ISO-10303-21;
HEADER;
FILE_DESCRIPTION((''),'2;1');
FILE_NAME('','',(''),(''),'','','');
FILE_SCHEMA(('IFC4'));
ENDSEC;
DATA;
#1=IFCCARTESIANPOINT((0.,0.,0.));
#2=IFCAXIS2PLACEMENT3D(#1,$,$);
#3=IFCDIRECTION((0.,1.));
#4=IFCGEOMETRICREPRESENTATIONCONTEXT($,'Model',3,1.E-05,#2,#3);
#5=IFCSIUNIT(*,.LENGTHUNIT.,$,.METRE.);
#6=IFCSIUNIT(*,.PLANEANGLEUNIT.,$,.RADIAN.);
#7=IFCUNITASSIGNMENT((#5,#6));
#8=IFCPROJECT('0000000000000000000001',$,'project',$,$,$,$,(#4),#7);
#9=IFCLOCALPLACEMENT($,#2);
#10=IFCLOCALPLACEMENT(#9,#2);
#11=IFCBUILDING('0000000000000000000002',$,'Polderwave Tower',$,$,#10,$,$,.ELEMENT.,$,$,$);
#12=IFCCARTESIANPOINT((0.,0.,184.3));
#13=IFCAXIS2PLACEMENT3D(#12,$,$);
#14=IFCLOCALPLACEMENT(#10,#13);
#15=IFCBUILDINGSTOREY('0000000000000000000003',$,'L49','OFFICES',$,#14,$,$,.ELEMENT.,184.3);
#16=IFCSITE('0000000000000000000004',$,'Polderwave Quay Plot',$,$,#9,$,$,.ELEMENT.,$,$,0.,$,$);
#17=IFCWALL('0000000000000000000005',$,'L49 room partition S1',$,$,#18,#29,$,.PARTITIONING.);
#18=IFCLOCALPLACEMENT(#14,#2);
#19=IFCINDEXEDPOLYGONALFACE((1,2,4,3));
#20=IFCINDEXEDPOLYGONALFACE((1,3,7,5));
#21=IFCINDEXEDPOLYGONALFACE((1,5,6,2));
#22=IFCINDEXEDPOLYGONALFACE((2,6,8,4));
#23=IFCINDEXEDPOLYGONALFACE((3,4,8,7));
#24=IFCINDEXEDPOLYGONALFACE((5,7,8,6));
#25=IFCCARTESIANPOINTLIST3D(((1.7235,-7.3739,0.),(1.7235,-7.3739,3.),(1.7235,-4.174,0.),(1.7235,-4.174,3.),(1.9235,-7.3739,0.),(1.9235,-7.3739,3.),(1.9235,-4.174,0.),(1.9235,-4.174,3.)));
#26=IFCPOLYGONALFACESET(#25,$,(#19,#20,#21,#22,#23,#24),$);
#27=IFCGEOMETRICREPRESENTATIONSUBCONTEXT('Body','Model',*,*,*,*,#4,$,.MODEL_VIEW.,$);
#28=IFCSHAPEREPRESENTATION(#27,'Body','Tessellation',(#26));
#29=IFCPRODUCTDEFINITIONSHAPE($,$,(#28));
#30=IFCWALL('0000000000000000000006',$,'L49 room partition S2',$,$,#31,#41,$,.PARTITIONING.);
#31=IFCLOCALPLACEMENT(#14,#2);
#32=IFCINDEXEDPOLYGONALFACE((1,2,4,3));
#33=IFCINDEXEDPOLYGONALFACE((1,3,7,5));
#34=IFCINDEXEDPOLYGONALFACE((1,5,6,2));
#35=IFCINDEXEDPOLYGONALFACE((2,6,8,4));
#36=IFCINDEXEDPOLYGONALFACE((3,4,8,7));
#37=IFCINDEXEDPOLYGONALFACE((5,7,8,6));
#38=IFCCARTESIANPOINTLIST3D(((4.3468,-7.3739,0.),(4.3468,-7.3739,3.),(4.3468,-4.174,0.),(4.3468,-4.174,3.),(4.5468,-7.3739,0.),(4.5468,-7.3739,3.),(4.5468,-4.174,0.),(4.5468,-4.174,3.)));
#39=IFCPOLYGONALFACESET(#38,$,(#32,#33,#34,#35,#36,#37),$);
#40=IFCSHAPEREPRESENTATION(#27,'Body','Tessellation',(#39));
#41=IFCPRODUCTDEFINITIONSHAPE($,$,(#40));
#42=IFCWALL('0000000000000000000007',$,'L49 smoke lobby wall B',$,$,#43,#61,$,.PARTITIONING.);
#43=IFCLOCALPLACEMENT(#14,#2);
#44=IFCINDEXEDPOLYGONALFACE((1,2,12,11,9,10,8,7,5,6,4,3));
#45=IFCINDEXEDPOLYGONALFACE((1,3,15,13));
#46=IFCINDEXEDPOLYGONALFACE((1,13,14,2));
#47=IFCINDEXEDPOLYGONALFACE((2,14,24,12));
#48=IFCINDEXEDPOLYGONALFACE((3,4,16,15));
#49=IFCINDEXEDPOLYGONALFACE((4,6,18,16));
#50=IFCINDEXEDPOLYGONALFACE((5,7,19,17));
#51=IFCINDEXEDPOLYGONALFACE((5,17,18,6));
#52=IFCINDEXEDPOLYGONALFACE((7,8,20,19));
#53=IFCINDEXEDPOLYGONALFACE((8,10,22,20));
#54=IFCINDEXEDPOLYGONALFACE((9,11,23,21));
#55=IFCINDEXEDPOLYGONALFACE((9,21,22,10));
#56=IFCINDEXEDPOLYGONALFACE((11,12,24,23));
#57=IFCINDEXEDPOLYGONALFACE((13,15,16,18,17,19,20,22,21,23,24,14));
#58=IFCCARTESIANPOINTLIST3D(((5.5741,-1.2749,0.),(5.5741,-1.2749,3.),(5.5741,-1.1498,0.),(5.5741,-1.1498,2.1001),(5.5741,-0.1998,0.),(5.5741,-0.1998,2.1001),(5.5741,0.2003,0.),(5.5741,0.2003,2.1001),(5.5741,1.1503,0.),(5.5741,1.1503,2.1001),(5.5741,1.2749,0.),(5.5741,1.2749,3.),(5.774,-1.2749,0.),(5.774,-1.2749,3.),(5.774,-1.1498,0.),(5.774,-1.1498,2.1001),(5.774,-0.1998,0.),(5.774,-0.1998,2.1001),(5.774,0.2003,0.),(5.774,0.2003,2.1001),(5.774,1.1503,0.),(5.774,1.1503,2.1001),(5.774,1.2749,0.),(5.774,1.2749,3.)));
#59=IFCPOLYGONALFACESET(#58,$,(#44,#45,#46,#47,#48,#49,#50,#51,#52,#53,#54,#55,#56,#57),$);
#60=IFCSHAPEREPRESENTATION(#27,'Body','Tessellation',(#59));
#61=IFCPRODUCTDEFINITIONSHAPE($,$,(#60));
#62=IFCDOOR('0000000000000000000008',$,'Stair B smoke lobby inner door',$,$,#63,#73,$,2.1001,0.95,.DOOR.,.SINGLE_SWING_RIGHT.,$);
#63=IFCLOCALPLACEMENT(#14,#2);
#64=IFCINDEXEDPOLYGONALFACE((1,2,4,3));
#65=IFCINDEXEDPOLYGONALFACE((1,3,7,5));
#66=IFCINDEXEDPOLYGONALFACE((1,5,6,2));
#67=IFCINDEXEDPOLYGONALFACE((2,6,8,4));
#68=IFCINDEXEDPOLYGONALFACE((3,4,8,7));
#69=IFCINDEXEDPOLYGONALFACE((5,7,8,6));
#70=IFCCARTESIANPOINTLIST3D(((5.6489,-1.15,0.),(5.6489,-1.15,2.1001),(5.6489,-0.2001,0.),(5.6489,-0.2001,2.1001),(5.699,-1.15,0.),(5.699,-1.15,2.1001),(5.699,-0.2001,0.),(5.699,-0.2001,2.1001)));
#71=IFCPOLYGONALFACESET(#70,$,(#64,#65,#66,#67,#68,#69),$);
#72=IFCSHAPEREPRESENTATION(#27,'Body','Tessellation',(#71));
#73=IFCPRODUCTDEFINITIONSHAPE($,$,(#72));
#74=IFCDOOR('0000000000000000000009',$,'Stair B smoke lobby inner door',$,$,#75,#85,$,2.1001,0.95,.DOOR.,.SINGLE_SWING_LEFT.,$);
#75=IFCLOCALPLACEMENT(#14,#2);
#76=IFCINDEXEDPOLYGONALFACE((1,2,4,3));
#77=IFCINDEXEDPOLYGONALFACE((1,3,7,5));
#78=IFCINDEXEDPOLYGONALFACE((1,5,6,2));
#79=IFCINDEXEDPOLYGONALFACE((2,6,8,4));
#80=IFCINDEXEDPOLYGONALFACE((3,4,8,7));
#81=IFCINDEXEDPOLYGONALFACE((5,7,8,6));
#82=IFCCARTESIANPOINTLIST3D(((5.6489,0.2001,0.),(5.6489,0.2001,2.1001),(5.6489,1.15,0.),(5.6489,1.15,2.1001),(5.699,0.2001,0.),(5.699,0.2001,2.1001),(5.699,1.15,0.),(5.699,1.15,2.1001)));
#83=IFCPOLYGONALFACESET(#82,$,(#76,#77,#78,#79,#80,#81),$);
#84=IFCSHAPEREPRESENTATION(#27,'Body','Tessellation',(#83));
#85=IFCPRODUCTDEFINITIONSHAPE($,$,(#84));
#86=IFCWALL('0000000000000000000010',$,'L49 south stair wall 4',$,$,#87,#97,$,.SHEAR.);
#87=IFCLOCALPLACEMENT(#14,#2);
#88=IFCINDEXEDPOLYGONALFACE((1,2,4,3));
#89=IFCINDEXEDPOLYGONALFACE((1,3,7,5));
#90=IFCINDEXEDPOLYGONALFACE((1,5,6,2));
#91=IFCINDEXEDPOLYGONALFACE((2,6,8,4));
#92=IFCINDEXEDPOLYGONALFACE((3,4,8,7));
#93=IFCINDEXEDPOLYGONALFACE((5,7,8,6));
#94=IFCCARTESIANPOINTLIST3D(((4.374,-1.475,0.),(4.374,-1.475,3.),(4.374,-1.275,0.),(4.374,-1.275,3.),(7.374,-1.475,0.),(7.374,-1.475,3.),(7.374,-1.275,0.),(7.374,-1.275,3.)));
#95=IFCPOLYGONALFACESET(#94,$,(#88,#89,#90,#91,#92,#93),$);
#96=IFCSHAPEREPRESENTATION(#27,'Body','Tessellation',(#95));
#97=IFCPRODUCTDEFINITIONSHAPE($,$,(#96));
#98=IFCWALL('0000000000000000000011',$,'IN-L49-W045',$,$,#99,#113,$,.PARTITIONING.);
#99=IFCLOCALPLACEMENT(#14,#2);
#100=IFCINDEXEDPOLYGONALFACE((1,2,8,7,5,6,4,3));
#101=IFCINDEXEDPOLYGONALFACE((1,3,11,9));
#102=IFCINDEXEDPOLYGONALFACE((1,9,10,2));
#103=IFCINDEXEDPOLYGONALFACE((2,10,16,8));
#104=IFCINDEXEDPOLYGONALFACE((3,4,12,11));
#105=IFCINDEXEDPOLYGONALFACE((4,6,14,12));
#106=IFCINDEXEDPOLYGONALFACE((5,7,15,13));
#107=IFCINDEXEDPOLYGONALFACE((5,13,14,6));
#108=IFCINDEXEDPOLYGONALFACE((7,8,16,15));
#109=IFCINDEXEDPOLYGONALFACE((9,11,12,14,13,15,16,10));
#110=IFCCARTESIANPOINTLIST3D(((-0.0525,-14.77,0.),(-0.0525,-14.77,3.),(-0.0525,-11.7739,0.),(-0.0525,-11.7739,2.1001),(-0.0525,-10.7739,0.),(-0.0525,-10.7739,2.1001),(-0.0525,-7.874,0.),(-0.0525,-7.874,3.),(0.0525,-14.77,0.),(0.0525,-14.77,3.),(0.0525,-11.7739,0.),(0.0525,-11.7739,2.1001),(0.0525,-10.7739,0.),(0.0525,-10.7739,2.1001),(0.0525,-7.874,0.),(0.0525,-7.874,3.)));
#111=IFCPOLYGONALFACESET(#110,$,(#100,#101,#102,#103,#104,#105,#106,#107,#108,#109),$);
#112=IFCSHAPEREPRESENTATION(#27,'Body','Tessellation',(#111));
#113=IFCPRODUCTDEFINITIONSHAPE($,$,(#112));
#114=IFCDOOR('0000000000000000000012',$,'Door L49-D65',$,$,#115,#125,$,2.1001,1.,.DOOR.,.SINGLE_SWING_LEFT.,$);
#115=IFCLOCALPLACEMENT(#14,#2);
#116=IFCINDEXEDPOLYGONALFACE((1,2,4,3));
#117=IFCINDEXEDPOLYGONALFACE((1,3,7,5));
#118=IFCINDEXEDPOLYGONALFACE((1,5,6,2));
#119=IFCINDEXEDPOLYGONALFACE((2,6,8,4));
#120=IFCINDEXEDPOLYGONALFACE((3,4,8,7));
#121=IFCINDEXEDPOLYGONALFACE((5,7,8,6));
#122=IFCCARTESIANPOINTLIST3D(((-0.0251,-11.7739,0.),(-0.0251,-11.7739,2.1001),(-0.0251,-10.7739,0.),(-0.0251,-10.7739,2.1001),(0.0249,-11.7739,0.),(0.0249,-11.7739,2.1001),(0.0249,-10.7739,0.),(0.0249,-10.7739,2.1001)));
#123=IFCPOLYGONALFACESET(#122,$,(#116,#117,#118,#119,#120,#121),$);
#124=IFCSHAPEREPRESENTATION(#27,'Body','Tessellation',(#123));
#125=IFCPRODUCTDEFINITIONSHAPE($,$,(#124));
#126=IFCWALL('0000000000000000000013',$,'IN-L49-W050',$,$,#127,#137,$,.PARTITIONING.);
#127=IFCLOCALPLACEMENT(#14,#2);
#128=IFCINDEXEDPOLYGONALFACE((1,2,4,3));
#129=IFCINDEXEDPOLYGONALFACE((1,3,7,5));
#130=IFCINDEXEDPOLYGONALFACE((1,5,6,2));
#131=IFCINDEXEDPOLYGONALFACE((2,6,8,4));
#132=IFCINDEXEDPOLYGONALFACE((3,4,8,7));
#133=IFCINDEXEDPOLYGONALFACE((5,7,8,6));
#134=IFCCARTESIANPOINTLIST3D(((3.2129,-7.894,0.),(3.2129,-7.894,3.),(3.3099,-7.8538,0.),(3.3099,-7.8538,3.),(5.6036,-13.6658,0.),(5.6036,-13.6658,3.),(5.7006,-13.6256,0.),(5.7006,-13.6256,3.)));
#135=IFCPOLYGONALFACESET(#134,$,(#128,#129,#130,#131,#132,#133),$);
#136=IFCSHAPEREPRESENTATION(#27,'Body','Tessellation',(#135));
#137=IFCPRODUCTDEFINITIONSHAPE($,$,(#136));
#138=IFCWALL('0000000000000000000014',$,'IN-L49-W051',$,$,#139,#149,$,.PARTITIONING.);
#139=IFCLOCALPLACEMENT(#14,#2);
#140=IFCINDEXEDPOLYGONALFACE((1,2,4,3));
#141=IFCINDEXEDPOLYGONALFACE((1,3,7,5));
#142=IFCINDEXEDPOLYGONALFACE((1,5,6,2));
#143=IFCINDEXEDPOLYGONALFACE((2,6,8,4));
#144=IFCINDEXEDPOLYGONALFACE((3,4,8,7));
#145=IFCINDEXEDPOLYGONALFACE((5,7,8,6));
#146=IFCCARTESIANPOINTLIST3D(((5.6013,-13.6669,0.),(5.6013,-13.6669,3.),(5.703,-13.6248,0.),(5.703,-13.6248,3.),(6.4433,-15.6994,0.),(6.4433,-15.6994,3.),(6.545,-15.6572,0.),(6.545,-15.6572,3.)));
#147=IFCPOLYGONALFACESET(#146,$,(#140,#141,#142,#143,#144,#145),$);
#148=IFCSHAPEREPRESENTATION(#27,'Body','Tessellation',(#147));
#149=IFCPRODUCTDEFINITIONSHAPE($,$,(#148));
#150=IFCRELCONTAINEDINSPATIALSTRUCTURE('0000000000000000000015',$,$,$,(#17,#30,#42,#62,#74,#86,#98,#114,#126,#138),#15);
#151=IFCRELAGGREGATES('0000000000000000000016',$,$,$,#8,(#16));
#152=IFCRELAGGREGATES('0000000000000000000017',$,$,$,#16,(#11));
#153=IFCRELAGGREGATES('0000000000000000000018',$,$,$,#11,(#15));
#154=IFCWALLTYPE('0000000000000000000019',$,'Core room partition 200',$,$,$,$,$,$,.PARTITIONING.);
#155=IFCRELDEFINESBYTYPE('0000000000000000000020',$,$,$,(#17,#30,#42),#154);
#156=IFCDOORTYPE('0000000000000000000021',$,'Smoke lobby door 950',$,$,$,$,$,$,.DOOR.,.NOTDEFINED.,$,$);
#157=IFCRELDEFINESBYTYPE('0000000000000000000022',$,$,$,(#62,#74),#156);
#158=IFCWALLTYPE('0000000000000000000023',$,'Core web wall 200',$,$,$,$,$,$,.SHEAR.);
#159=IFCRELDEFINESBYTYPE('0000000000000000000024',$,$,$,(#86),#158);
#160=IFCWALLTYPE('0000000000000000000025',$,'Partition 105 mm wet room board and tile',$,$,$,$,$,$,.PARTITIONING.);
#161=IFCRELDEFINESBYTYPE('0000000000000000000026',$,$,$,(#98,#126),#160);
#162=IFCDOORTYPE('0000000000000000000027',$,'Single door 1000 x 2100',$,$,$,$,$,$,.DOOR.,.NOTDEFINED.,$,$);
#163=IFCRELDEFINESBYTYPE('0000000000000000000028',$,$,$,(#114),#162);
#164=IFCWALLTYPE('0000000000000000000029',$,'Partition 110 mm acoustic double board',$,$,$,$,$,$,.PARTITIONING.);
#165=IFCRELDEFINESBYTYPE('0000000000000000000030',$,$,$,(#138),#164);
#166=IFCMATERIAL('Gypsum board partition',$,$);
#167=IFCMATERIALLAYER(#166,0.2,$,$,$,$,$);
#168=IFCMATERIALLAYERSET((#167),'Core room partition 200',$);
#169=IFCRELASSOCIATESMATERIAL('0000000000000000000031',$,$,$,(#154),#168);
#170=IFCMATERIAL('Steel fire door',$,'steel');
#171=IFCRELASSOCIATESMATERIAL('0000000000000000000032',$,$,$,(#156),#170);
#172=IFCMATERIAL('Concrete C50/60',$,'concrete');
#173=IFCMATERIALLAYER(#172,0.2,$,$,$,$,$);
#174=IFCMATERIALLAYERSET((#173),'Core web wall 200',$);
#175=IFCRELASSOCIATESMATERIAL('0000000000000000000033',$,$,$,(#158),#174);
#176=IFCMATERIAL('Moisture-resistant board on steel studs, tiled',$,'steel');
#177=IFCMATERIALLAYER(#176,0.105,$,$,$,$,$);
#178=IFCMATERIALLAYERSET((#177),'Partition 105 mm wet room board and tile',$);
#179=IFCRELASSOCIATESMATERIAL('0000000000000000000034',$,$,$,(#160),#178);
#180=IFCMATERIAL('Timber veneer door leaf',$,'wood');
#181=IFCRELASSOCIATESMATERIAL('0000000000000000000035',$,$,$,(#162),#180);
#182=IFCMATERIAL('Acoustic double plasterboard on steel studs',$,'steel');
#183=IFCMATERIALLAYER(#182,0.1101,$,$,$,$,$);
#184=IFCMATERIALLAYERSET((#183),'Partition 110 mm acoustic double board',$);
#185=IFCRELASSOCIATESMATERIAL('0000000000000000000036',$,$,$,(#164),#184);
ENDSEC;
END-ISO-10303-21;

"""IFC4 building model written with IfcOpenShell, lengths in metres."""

from ifc_helpers import new_model, si_unit, direction, frame, frame_2d, origin, place, context, subcontext, project, spatial, rectangle, extrude, material, layer, layer_set, type_object, element, fill, save


model = new_model("IFC4")

# Units and contexts
model_context = context("Model", 3, precision=1e-05, world=origin(), true_north=direction((0.0, 1.0)))
body_context = subcontext(model_context, "Body", "Model", "MODEL_VIEW")
ifc_project = project(units=[si_unit("LENGTHUNIT", "METRE"), si_unit("PLANEANGLEUNIT", "RADIAN")], contexts=[model_context])

# Site, building, storey
site_placement = place(None, origin())
site = spatial("IfcSite", under=ifc_project, at=site_placement, Name="Polderwave Quay Plot", CompositionType="ELEMENT", RefElevation=0.0)
building_placement = place(site_placement, origin())
building = spatial("IfcBuilding", under=site, at=building_placement, Name="Polderwave Tower", CompositionType="ELEMENT")
storey_placement = place(building_placement, frame((0.0, 0.0, 184.3)))
storey = spatial("IfcBuildingStorey", under=building, at=storey_placement, Name="L49", Description="OFFICES", CompositionType="ELEMENT", Elevation=184.3)

# Walls
ifc_material_1 = material(Name="Gypsum board partition")
ifc_layer_1 = layer(ifc_material_1, 0.2)
ifc_layer_set_1 = layer_set([ifc_layer_1], Name="Core room partition 200")
wall_type_1 = type_object("IfcWallType", Name="Core room partition 200", PredefinedType="PARTITIONING", material=ifc_layer_set_1)
for number, where, z_axis, x_axis, name in (
    (1, (1.8235, -7.374, 0.0), (0.0, 0.0, 1.0), (0.0, 1.0, 0.0), "L49 room partition S1"),
    (2, (4.4468, -7.374, 0.0), (0.0, 0.0, 1.0), (0.0, 1.0, 0.0), "L49 room partition S2"),
):
    element("IfcWall", number, at=place(storey_placement, frame(where, z_axis=z_axis, x_axis=x_axis)), inside=storey, type_object=wall_type_1, Name=name, PredefinedType="PARTITIONING", context=body_context, shape_type="SweptSolid", body=[
        extrude(rectangle(XDim=3.2, YDim=0.2, at=frame_2d((1.6001, 0.0))), origin(), (0.0, 0.0, 1.0), 3.0),
    ])

# Wall, openings, doors
wall_1_placement = place(storey_placement, frame((5.6741, -1.2749, 0.0), z_axis=(0.0, 0.0, 1.0), x_axis=(0.0, 1.0, 0.0)))
wall_1 = element("IfcWall", 3, at=wall_1_placement, inside=storey, type_object=wall_type_1, Name="L49 smoke lobby wall B", PredefinedType="PARTITIONING", context=body_context, shape_type="SweptSolid", body=[
    extrude(rectangle(XDim=2.5498, YDim=0.2, at=frame_2d((1.2749, 0.0))), origin(), (0.0, 0.0, 1.0), 3.0),
])
opening_1_placement = place(wall_1_placement, frame((0.125, 0.0, 0.0)))
opening_1 = element("IfcOpeningElement", 4, at=opening_1_placement, cuts=wall_1, PredefinedType="OPENING", context=body_context, shape_type="SweptSolid", body=[
    extrude(rectangle(XDim=0.95, YDim=2.1001, at=frame_2d((0.4751, 1.05))), frame((0.0, 0.1099, 0.0), z_axis=(0.0, -1.0, 0.0), x_axis=(1.0, 0.0, 0.0)), (0.0, 0.0, 1.0), 0.22),
])
opening_2_placement = place(wall_1_placement, frame((1.4751, 0.0, 0.0)))
opening_2 = element("IfcOpeningElement", 5, at=opening_2_placement, cuts=wall_1, PredefinedType="OPENING", context=body_context, shape_type="SweptSolid", body=[
    extrude(rectangle(XDim=0.95, YDim=2.1001, at=frame_2d((0.4751, 1.05))), frame((0.0, 0.1099, 0.0), z_axis=(0.0, -1.0, 0.0), x_axis=(1.0, 0.0, 0.0)), (0.0, 0.0, 1.0), 0.22),
])
ifc_material_2 = material(Name="Steel fire door", Category="steel")
door_type_1 = type_object("IfcDoorType", Name="Smoke lobby door 950", OperationType="NOTDEFINED", PredefinedType="DOOR", material=ifc_material_2)
door_1_placement = place(opening_1_placement, frame((0.95, 0.0, 0.0), z_axis=(0.0, 0.0, 1.0), x_axis=(-1.0, 0.0, 0.0)))
door_1 = element("IfcDoor", 6, at=door_1_placement, inside=storey, type_object=door_type_1, Name="Stair B smoke lobby inner door", OperationType="SINGLE_SWING_RIGHT", OverallHeight=2.1001, OverallWidth=0.95, PredefinedType="DOOR", context=body_context, shape_type="SweptSolid", body=[
    extrude(rectangle(XDim=0.95, YDim=2.1001, at=frame_2d((0.4751, 1.05))), frame((0.0, 0.0249, 0.0), z_axis=(0.0, -1.0, 0.0), x_axis=(1.0, 0.0, 0.0)), (0.0, 0.0, 1.0), 0.05),
])
fill(opening_1, door_1)
door_2_placement = place(opening_2_placement, frame((0.95, 0.0, 0.0), z_axis=(0.0, 0.0, 1.0), x_axis=(-1.0, 0.0, 0.0)))
door_2 = element("IfcDoor", 7, at=door_2_placement, inside=storey, type_object=door_type_1, Name="Stair B smoke lobby inner door", OperationType="SINGLE_SWING_LEFT", OverallHeight=2.1001, OverallWidth=0.95, PredefinedType="DOOR", context=body_context, shape_type="SweptSolid", body=[
    extrude(rectangle(XDim=0.95, YDim=2.1001, at=frame_2d((0.4751, 1.05))), frame((0.0, 0.0249, 0.0), z_axis=(0.0, -1.0, 0.0), x_axis=(1.0, 0.0, 0.0)), (0.0, 0.0, 1.0), 0.05),
])
fill(opening_2, door_2)

# Wall
ifc_material_3 = material(Name="Concrete C50/60", Category="concrete")
ifc_layer_2 = layer(ifc_material_3, 0.2)
ifc_layer_set_2 = layer_set([ifc_layer_2], Name="Core web wall 200")
wall_type_2 = type_object("IfcWallType", Name="Core web wall 200", PredefinedType="SHEAR", material=ifc_layer_set_2)
wall_2_placement = place(storey_placement, frame((4.374, -1.375, 0.0), z_axis=(0.0, 0.0, 1.0), x_axis=(1.0, 0.0, 0.0)))
element("IfcWall", 8, at=wall_2_placement, inside=storey, type_object=wall_type_2, Name="L49 south stair wall 4", PredefinedType="SHEAR", context=body_context, shape_type="SweptSolid", body=[
    extrude(rectangle(XDim=3.0, YDim=0.2, at=frame_2d((1.5, 0.0))), origin(), (0.0, 0.0, 1.0), 3.0),
])

# Wall, opening, door
ifc_material_4 = material(Name="Moisture-resistant board on steel studs, tiled", Category="steel")
ifc_layer_3 = layer(ifc_material_4, 0.105)
ifc_layer_set_3 = layer_set([ifc_layer_3], Name="Partition 105 mm wet room board and tile")
wall_type_3 = type_object("IfcWallType", Name="Partition 105 mm wet room board and tile", PredefinedType="PARTITIONING", material=ifc_layer_set_3)
wall_3_placement = place(storey_placement, frame((0.0, -7.874, 0.0), z_axis=(0.0, 0.0, 1.0), x_axis=(0.0, -1.0, 0.0)))
wall_3 = element("IfcWall", 9, at=wall_3_placement, inside=storey, type_object=wall_type_3, Name="IN-L49-W045", PredefinedType="PARTITIONING", context=body_context, shape_type="SweptSolid", body=[
    extrude(rectangle(XDim=6.896, YDim=0.105, at=frame_2d((3.448, 0.0))), origin(), (0.0, 0.0, 1.0), 3.0),
])
opening_3_placement = place(wall_3_placement, frame((2.8999, 0.0, 0.0)))
opening_3 = element("IfcOpeningElement", 10, at=opening_3_placement, cuts=wall_3, PredefinedType="OPENING", context=body_context, shape_type="SweptSolid", body=[
    extrude(rectangle(XDim=1.0, YDim=2.1001, at=frame_2d((0.5, 1.05))), frame((0.0, 0.0625, 0.0), z_axis=(0.0, -1.0, 0.0), x_axis=(1.0, 0.0, 0.0)), (0.0, 0.0, 1.0), 0.125),
])
ifc_material_5 = material(Name="Timber veneer door leaf", Category="wood")
door_type_2 = type_object("IfcDoorType", Name="Single door 1000 x 2100", OperationType="NOTDEFINED", PredefinedType="DOOR", material=ifc_material_5)
door_3_placement = place(opening_3_placement, origin())
door_3 = element("IfcDoor", 11, at=door_3_placement, inside=storey, type_object=door_type_2, Name="Door L49-D65", OperationType="SINGLE_SWING_LEFT", OverallHeight=2.1001, OverallWidth=1.0, PredefinedType="DOOR", context=body_context, shape_type="SweptSolid", body=[
    extrude(rectangle(XDim=1.0, YDim=2.1001, at=frame_2d((0.5, 1.05))), frame((0.0, 0.0249, 0.0), z_axis=(0.0, -1.0, 0.0), x_axis=(1.0, 0.0, 0.0)), (0.0, 0.0, 1.0), 0.05),
])
fill(opening_3, door_3)

# Walls
wall_4_placement = place(storey_placement, frame((3.2615, -7.874, 0.0), z_axis=(0.0, 0.0, 1.0), x_axis=(0.382669, -0.923885, 0.0)))
element("IfcWall", 12, at=wall_4_placement, inside=storey, type_object=wall_type_3, Name="IN-L49-W050", PredefinedType="PARTITIONING", context=body_context, shape_type="SweptSolid", body=[
    extrude(rectangle(XDim=6.2473, YDim=0.105, at=frame_2d((3.1235, 0.0))), origin(), (0.0, 0.0, 1.0), 3.0),
])
ifc_material_6 = material(Name="Acoustic double plasterboard on steel studs", Category="steel")
ifc_layer_4 = layer(ifc_material_6, 0.1101)
ifc_layer_set_4 = layer_set([ifc_layer_4], Name="Partition 110 mm acoustic double board")
wall_type_4 = type_object("IfcWallType", Name="Partition 110 mm acoustic double board", PredefinedType="PARTITIONING", material=ifc_layer_set_4)
wall_5_placement = place(storey_placement, frame((5.6521, -13.6458, 0.0), z_axis=(0.0, 0.0, 1.0), x_axis=(0.382747, -0.923853, 0.0)))
element("IfcWall", 13, at=wall_5_placement, inside=storey, type_object=wall_type_4, Name="IN-L49-W051", PredefinedType="PARTITIONING", context=body_context, shape_type="SweptSolid", body=[
    extrude(rectangle(XDim=2.2, YDim=0.1101, at=frame_2d((1.1001, 0.0))), origin(), (0.0, 0.0, 1.0), 3.0),
])

save(model, "model.ifc")
